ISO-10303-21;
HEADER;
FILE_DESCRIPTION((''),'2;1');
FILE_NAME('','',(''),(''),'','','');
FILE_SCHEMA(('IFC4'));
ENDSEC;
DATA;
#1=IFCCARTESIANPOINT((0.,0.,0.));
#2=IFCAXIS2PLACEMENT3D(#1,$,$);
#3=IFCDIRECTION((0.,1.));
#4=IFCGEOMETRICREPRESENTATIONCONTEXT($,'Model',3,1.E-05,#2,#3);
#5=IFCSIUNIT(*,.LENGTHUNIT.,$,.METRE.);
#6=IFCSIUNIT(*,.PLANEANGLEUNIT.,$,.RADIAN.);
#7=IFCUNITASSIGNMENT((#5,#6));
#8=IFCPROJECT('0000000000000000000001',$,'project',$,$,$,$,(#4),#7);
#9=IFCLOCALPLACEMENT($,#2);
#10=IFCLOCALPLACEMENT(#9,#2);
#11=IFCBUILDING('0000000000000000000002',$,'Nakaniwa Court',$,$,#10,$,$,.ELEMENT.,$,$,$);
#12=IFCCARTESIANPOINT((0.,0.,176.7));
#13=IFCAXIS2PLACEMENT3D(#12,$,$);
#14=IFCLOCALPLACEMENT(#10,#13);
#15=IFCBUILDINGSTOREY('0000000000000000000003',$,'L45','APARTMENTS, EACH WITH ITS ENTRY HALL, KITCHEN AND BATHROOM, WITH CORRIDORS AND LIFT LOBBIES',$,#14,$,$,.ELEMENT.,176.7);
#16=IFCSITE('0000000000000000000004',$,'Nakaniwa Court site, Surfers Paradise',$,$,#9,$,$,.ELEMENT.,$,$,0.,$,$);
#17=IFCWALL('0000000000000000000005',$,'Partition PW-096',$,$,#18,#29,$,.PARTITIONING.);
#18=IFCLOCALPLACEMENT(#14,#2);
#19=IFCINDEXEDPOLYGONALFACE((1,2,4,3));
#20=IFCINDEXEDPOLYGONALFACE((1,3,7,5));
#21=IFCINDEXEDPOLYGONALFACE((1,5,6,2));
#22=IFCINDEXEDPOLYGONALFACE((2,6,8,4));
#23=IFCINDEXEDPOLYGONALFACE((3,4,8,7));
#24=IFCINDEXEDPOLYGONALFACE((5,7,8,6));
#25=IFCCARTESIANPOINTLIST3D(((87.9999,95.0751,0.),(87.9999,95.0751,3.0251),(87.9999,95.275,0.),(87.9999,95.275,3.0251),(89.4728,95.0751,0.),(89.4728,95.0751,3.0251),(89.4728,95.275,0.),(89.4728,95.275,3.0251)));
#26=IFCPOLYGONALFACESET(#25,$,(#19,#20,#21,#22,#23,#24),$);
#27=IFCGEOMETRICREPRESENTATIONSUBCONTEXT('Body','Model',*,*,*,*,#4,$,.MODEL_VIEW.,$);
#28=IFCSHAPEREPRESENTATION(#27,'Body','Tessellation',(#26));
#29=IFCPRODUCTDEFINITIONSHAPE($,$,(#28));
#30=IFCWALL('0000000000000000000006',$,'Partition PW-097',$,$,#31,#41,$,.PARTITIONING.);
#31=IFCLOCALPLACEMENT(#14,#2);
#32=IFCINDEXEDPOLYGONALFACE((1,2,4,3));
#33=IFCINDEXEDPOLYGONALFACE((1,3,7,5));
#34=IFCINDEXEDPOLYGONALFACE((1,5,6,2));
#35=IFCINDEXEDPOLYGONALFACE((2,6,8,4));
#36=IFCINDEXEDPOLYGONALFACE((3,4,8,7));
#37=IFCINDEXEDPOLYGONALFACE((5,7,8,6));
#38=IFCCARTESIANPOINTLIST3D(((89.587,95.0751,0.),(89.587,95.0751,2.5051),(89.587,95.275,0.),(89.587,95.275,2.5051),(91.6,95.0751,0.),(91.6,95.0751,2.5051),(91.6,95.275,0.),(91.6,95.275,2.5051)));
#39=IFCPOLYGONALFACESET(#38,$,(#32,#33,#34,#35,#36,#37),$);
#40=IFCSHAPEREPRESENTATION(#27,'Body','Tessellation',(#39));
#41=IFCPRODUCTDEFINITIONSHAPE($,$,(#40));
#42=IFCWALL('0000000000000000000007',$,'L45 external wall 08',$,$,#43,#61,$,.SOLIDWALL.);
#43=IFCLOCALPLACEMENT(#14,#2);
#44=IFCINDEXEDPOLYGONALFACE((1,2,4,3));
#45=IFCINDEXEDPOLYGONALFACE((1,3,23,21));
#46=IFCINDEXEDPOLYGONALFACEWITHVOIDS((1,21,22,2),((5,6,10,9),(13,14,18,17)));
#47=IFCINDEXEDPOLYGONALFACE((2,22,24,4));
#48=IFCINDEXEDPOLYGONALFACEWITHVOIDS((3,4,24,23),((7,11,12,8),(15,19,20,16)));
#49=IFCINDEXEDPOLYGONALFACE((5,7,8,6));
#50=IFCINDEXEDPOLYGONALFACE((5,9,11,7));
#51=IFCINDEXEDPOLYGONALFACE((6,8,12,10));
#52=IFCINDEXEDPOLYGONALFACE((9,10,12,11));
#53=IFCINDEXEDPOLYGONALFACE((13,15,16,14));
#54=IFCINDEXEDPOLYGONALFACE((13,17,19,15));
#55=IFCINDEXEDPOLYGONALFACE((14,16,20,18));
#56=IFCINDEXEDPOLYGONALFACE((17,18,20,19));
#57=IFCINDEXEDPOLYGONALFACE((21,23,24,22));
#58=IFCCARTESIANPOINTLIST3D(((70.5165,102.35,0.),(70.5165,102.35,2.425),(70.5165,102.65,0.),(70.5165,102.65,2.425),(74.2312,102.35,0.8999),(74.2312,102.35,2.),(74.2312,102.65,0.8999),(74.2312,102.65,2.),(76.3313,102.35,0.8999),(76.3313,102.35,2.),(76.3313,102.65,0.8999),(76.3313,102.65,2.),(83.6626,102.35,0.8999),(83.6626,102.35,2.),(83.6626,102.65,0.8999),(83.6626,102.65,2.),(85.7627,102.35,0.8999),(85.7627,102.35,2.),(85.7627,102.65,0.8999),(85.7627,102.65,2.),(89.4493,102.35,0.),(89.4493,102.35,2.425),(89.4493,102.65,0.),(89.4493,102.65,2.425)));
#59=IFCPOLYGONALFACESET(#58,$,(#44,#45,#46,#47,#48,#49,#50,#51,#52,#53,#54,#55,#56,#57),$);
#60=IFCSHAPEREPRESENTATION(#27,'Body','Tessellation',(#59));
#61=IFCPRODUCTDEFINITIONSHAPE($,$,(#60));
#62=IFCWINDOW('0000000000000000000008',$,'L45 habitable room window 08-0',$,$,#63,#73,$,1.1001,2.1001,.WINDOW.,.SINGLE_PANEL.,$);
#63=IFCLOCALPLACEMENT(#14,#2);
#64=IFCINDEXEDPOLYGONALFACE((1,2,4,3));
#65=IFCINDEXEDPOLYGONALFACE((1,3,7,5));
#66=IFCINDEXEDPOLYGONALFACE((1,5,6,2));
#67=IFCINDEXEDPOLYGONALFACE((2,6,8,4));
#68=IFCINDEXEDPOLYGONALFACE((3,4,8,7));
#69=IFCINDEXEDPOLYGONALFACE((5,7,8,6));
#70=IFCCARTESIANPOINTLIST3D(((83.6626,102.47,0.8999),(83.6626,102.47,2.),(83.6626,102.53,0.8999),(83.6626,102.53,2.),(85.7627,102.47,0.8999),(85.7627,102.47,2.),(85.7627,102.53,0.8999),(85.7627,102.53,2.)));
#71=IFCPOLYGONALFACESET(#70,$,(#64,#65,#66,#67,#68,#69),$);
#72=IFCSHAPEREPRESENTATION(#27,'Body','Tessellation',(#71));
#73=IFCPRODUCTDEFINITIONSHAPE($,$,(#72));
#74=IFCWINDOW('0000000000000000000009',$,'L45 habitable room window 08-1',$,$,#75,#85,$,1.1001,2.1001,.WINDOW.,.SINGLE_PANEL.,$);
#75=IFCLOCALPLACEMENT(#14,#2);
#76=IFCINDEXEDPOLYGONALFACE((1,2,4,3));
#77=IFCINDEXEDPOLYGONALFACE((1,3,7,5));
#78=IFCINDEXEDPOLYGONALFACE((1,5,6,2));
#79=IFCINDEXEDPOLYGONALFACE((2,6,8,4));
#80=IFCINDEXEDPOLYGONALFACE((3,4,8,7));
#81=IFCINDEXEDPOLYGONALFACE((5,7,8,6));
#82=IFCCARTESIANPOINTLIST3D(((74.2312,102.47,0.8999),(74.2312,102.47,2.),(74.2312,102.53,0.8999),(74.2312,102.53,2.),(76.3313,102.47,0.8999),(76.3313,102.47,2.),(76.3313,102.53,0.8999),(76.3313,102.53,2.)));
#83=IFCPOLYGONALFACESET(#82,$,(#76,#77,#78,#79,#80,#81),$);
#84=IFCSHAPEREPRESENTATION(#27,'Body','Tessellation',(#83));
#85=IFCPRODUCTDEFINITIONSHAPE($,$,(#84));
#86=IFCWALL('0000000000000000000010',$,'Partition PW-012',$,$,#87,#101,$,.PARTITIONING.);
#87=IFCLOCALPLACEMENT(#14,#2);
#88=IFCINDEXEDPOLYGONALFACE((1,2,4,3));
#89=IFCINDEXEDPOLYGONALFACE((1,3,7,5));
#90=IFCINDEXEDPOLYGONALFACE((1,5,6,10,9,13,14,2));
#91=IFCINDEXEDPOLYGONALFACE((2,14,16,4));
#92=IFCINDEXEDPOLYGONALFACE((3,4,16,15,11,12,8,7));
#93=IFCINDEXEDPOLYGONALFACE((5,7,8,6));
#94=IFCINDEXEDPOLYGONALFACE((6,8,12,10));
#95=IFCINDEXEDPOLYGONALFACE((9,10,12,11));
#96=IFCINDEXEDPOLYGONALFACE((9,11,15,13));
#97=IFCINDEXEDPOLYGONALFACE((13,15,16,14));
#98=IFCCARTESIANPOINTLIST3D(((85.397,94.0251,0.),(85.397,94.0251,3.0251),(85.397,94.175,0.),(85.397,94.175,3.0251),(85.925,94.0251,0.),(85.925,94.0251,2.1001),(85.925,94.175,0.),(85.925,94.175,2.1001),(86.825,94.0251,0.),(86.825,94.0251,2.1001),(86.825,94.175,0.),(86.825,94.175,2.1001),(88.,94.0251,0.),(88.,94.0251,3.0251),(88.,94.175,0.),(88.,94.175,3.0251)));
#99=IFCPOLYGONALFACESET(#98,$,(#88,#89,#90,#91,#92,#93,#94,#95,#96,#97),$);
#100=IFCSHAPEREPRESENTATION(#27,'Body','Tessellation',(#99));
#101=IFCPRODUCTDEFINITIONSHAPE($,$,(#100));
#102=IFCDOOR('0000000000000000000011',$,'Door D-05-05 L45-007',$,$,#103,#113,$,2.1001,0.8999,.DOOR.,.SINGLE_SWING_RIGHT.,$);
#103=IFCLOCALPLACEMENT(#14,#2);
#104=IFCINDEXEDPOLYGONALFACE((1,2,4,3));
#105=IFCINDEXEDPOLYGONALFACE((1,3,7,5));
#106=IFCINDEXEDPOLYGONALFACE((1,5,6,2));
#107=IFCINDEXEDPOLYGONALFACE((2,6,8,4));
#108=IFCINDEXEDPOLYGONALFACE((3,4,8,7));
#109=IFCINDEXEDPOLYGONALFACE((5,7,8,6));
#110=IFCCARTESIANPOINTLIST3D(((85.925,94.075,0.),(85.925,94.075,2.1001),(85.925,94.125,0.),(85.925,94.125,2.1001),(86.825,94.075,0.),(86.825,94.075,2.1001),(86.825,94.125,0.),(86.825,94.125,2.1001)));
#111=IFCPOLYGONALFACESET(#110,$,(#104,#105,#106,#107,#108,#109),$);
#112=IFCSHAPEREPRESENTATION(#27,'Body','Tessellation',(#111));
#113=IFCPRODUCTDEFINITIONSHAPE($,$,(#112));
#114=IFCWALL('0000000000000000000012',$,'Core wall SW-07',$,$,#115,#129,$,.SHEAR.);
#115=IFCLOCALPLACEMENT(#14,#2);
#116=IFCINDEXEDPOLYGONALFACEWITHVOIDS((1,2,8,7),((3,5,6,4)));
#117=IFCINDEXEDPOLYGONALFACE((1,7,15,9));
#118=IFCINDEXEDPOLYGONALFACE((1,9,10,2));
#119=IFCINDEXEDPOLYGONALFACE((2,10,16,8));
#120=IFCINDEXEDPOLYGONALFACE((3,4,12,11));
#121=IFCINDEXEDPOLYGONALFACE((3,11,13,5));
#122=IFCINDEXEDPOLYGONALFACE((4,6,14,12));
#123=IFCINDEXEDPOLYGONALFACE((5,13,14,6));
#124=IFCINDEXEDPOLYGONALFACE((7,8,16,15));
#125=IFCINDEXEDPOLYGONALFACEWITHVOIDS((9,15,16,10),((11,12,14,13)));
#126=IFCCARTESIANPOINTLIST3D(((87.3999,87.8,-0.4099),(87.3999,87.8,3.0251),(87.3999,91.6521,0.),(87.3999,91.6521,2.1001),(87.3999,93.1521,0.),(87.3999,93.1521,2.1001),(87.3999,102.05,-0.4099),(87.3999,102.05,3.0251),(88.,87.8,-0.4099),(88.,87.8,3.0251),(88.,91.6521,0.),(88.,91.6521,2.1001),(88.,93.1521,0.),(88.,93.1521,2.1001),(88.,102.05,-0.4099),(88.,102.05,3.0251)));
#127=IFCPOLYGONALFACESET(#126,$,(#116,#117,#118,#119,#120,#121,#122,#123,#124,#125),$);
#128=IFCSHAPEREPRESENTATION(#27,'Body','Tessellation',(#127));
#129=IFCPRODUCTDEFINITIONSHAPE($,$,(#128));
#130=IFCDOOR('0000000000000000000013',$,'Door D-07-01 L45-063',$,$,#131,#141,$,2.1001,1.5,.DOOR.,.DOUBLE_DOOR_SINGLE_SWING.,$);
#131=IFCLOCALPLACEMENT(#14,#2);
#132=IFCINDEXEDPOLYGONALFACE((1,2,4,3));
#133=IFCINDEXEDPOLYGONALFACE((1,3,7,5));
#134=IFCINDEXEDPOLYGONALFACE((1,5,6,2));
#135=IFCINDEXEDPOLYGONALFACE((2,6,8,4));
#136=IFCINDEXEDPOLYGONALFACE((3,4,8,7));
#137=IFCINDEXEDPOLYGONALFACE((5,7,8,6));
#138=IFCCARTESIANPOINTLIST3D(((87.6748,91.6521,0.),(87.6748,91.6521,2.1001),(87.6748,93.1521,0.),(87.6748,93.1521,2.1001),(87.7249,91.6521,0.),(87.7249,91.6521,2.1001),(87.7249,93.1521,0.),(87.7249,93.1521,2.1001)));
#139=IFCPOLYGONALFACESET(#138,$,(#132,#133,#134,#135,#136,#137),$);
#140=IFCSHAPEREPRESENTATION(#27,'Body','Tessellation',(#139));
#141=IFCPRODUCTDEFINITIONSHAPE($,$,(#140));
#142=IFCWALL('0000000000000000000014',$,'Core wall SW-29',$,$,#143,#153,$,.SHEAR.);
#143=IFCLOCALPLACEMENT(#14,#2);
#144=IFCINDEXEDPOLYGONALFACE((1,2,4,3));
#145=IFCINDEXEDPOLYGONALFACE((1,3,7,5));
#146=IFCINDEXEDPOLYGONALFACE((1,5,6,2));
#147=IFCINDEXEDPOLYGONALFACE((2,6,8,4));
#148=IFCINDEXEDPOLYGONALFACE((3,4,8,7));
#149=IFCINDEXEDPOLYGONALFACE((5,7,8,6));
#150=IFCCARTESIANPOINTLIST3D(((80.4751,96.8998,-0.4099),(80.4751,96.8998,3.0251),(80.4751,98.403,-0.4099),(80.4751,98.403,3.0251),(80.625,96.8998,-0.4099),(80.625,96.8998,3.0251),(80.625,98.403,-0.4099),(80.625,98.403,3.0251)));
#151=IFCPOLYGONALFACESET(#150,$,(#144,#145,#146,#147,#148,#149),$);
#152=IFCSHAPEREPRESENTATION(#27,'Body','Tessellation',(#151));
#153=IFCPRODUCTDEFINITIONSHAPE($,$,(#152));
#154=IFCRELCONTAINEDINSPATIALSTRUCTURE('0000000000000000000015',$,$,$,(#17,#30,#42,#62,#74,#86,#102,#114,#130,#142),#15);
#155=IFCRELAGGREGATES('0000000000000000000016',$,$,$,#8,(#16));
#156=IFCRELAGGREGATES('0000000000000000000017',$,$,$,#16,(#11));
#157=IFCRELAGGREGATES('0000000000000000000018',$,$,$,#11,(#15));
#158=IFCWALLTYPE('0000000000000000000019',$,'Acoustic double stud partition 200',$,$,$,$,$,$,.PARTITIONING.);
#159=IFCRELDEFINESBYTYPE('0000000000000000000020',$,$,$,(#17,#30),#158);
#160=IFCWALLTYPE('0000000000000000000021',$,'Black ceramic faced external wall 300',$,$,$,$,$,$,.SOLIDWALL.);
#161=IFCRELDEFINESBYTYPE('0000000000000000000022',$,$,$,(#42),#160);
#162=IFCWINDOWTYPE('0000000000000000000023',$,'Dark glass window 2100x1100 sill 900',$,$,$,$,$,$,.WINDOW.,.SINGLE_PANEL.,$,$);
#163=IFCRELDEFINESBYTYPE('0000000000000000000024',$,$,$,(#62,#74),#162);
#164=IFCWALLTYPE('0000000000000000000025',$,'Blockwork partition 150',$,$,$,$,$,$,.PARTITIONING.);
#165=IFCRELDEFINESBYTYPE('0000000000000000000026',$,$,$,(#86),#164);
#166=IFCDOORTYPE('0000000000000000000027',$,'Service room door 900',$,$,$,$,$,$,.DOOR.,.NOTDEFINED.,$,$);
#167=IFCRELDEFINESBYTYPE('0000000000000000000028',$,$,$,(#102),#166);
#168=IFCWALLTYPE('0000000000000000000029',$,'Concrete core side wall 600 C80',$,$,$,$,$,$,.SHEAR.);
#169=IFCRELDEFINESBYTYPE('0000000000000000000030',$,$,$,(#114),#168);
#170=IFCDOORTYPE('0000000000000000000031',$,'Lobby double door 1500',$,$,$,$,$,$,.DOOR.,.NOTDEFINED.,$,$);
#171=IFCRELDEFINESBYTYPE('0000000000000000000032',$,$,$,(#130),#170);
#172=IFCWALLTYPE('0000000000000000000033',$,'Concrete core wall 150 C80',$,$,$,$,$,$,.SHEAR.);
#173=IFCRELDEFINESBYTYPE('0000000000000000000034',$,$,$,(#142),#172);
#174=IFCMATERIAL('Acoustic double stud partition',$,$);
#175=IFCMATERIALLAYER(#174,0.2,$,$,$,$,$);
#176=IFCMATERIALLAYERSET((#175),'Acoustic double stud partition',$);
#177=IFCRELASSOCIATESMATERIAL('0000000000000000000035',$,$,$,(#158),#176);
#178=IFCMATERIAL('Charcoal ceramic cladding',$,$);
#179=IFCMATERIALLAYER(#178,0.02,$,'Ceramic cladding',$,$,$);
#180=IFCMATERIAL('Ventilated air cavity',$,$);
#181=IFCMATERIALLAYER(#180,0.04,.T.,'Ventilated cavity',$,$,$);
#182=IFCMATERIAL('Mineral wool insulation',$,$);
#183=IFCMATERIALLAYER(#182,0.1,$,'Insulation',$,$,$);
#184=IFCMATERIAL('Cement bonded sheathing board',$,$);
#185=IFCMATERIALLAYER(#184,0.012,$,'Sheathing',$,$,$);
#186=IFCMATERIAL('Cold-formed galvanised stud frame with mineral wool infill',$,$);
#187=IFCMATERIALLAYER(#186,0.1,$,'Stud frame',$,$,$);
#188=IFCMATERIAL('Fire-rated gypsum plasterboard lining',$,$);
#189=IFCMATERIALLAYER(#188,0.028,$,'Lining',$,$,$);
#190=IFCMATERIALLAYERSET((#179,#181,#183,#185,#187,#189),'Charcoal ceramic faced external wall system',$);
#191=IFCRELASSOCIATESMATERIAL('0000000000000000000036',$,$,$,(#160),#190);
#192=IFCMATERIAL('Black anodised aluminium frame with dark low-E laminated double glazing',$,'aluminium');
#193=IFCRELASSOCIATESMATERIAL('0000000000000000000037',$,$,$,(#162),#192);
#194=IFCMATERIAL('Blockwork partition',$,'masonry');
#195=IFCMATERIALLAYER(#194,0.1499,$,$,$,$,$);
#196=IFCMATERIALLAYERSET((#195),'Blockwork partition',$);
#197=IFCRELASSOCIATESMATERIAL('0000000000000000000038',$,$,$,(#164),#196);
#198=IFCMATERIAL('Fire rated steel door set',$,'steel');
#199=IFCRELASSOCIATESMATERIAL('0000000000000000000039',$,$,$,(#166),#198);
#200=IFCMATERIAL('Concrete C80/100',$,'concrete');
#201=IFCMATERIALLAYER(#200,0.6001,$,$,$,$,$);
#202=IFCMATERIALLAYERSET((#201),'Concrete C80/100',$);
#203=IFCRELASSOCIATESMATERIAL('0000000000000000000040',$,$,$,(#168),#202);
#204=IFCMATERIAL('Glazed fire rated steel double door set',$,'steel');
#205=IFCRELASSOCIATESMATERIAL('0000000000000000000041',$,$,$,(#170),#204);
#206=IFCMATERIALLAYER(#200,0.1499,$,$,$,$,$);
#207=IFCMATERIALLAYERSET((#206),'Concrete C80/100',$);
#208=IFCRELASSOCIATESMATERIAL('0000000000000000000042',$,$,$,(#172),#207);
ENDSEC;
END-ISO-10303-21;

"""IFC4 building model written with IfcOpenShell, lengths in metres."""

from ifc_helpers import new_model, si_unit, direction, frame, frame_2d, origin, place, context, subcontext, project, spatial, rectangle, extrude, material, layer, layer_set, type_object, element, fill, save


model = new_model("IFC4")

# Units and contexts
model_context = context("Model", 3, precision=1e-05, world=origin(), true_north=direction((0.0, 1.0)))
body_context = subcontext(model_context, "Body", "Model", "MODEL_VIEW")
ifc_project = project(units=[si_unit("LENGTHUNIT", "METRE"), si_unit("PLANEANGLEUNIT", "RADIAN")], contexts=[model_context])

# Site, building, storey
site_placement = place(None, origin())
site = spatial("IfcSite", under=ifc_project, at=site_placement, Name="Nakaniwa Court site, Surfers Paradise", CompositionType="ELEMENT", RefElevation=0.0)
building_placement = place(site_placement, origin())
building = spatial("IfcBuilding", under=site, at=building_placement, Name="Nakaniwa Court", CompositionType="ELEMENT")
storey_placement = place(building_placement, frame((0.0, 0.0, 176.7)))
storey = spatial("IfcBuildingStorey", under=building, at=storey_placement, Name="L45", Description="APARTMENTS, EACH WITH ITS ENTRY HALL, KITCHEN AND BATHROOM, WITH CORRIDORS AND LIFT LOBBIES", CompositionType="ELEMENT", Elevation=176.7)

# Walls
ifc_material_1 = material(Name="Acoustic double stud partition")
ifc_layer_1 = layer(ifc_material_1, 0.2)
ifc_layer_set_1 = layer_set([ifc_layer_1], Name="Acoustic double stud partition")
wall_type_1 = type_object("IfcWallType", Name="Acoustic double stud partition 200", PredefinedType="PARTITIONING", material=ifc_layer_set_1)
wall_1_placement = place(storey_placement, frame((88.0, 95.175, 0.0), z_axis=(0.0, 0.0, 1.0), x_axis=(1.0, 0.0, 0.0)))
element("IfcWall", 1, at=wall_1_placement, inside=storey, type_object=wall_type_1, Name="Partition PW-096", PredefinedType="PARTITIONING", context=body_context, shape_type="SweptSolid", body=[
    extrude(rectangle(XDim=1.4729, YDim=0.2, at=frame_2d((0.7363, 0.0))), origin(), (0.0, 0.0, 1.0), 3.0251),
])
wall_2_placement = place(storey_placement, frame((89.5872, 95.175, 0.0), z_axis=(0.0, 0.0, 1.0), x_axis=(1.0, 0.0, 0.0)))
element("IfcWall", 2, at=wall_2_placement, inside=storey, type_object=wall_type_1, Name="Partition PW-097", PredefinedType="PARTITIONING", context=body_context, shape_type="SweptSolid", body=[
    extrude(rectangle(XDim=2.0129, YDim=0.2, at=frame_2d((1.0063, 0.0))), origin(), (0.0, 0.0, 1.0), 2.5051),
])

# Wall, openings, windows
ifc_material_2 = material(Name="Charcoal ceramic cladding")
ifc_layer_2 = layer(ifc_material_2, 0.02, Name="Ceramic cladding")
ifc_material_3 = material(Name="Ventilated air cavity")
ifc_layer_3 = layer(ifc_material_3, 0.04, ventilated=True, Name="Ventilated cavity")
ifc_material_4 = material(Name="Mineral wool insulation")
ifc_layer_4 = layer(ifc_material_4, 0.1, Name="Insulation")
ifc_material_5 = material(Name="Cement bonded sheathing board")
ifc_layer_5 = layer(ifc_material_5, 0.012, Name="Sheathing")
ifc_material_6 = material(Name="Cold-formed galvanised stud frame with mineral wool infill")
ifc_layer_6 = layer(ifc_material_6, 0.1, Name="Stud frame")
ifc_material_7 = material(Name="Fire-rated gypsum plasterboard lining")
ifc_layer_7 = layer(ifc_material_7, 0.028, Name="Lining")
ifc_layer_set_2 = layer_set([ifc_layer_2, ifc_layer_3, ifc_layer_4, ifc_layer_5, ifc_layer_6, ifc_layer_7], Name="Charcoal ceramic faced external wall system")
wall_type_2 = type_object("IfcWallType", Name="Black ceramic faced external wall 300", PredefinedType="SOLIDWALL", material=ifc_layer_set_2)
wall_3_placement = place(storey_placement, frame((89.4492, 102.5, 0.0), z_axis=(0.0, 0.0, 1.0), x_axis=(-1.0, 0.0, 0.0)))
wall_3 = element("IfcWall", 3, at=wall_3_placement, inside=storey, type_object=wall_type_2, Name="L45 external wall 08", PredefinedType="SOLIDWALL", context=body_context, shape_type="SweptSolid", body=[
    extrude(rectangle(XDim=18.9329, YDim=0.3, at=frame_2d((9.4663, 0.0))), origin(), (0.0, 0.0, 1.0), 2.425),
])
opening_1_placement = place(wall_3_placement, frame((3.6865, 0.0, 0.8999)))
opening_1 = element("IfcOpeningElement", 4, at=opening_1_placement, cuts=wall_3, PredefinedType="OPENING", context=body_context, shape_type="SweptSolid", body=[
    extrude(rectangle(XDim=2.1001, YDim=1.1001, at=frame_2d((1.05, 0.55))), frame((0.0, 0.1599, 0.0), z_axis=(0.0, -1.0, 0.0), x_axis=(1.0, 0.0, 0.0)), (0.0, 0.0, 1.0), 0.3201),
])
opening_2_placement = place(wall_3_placement, frame((13.1179, 0.0, 0.8999)))
opening_2 = element("IfcOpeningElement", 5, at=opening_2_placement, cuts=wall_3, PredefinedType="OPENING", context=body_context, shape_type="SweptSolid", body=[
    extrude(rectangle(XDim=2.1001, YDim=1.1001, at=frame_2d((1.05, 0.55))), frame((0.0, 0.1599, 0.0), z_axis=(0.0, -1.0, 0.0), x_axis=(1.0, 0.0, 0.0)), (0.0, 0.0, 1.0), 0.3201),
])
ifc_material_8 = material(Name="Black anodised aluminium frame with dark low-E laminated double glazing", Category="aluminium")
window_type = type_object("IfcWindowType", Name="Dark glass window 2100x1100 sill 900", PartitioningType="SINGLE_PANEL", PredefinedType="WINDOW", material=ifc_material_8)
window_1_placement = place(opening_1_placement, origin())
window_1 = element("IfcWindow", 6, at=window_1_placement, inside=storey, type_object=window_type, Name="L45 habitable room window 08-0", OverallHeight=1.1001, OverallWidth=2.1001, PartitioningType="SINGLE_PANEL", PredefinedType="WINDOW", context=body_context, shape_type="SweptSolid", body=[
    extrude(rectangle(XDim=2.1001, YDim=1.1001, at=frame_2d((1.05, 0.55))), frame((0.0, 0.03, 0.0), z_axis=(0.0, -1.0, 0.0), x_axis=(1.0, 0.0, 0.0)), (0.0, 0.0, 1.0), 0.0601),
])
fill(opening_1, window_1)
window_2_placement = place(opening_2_placement, origin())
window_2 = element("IfcWindow", 7, at=window_2_placement, inside=storey, type_object=window_type, Name="L45 habitable room window 08-1", OverallHeight=1.1001, OverallWidth=2.1001, PartitioningType="SINGLE_PANEL", PredefinedType="WINDOW", context=body_context, shape_type="SweptSolid", body=[
    extrude(rectangle(XDim=2.1001, YDim=1.1001, at=frame_2d((1.05, 0.55))), frame((0.0, 0.03, 0.0), z_axis=(0.0, -1.0, 0.0), x_axis=(1.0, 0.0, 0.0)), (0.0, 0.0, 1.0), 0.0601),
])
fill(opening_2, window_2)

# Walls, openings, doors
ifc_material_9 = material(Name="Blockwork partition", Category="masonry")
ifc_layer_8 = layer(ifc_material_9, 0.1499)
ifc_layer_set_3 = layer_set([ifc_layer_8], Name="Blockwork partition")
wall_type_3 = type_object("IfcWallType", Name="Blockwork partition 150", PredefinedType="PARTITIONING", material=ifc_layer_set_3)
wall_4_placement = place(storey_placement, frame((85.397, 94.1001, 0.0), z_axis=(0.0, 0.0, 1.0), x_axis=(1.0, 0.0, 0.0)))
wall_4 = element("IfcWall", 8, at=wall_4_placement, inside=storey, type_object=wall_type_3, Name="Partition PW-012", PredefinedType="PARTITIONING", context=body_context, shape_type="SweptSolid", body=[
    extrude(rectangle(XDim=2.603, YDim=0.1499, at=frame_2d((1.3015, 0.0))), origin(), (0.0, 0.0, 1.0), 3.0251),
])
opening_3_placement = place(wall_4_placement, frame((0.5281, 0.0, 0.0)))
opening_3 = element("IfcOpeningElement", 9, at=opening_3_placement, cuts=wall_4, PredefinedType="OPENING", context=body_context, shape_type="SweptSolid", body=[
    extrude(rectangle(XDim=0.8999, YDim=2.1001, at=frame_2d((0.45, 1.05))), frame((0.0, 0.085, 0.0), z_axis=(0.0, -1.0, 0.0), x_axis=(1.0, 0.0, 0.0)), (0.0, 0.0, 1.0), 0.1699),
])
ifc_material_10 = material(Name="Fire rated steel door set", Category="steel")
door_type_1 = type_object("IfcDoorType", Name="Service room door 900", OperationType="NOTDEFINED", PredefinedType="DOOR", material=ifc_material_10)
door_1_placement = place(opening_3_placement, origin())
door_1 = element("IfcDoor", 10, at=door_1_placement, inside=storey, type_object=door_type_1, Name="Door D-05-05 L45-007", OperationType="SINGLE_SWING_RIGHT", OverallHeight=2.1001, OverallWidth=0.8999, PredefinedType="DOOR", context=body_context, shape_type="SweptSolid", body=[
    extrude(rectangle(XDim=0.8999, YDim=2.1001, at=frame_2d((0.45, 1.05))), frame((0.0, 0.0249, 0.0), z_axis=(0.0, -1.0, 0.0), x_axis=(1.0, 0.0, 0.0)), (0.0, 0.0, 1.0), 0.05),
])
fill(opening_3, door_1)
ifc_material_11 = material(Name="Concrete C80/100", Category="concrete")
ifc_layer_9 = layer(ifc_material_11, 0.6001)
ifc_layer_set_4 = layer_set([ifc_layer_9], Name="Concrete C80/100")
wall_type_4 = type_object("IfcWallType", Name="Concrete core side wall 600 C80", PredefinedType="SHEAR", material=ifc_layer_set_4)
wall_5_placement = place(storey_placement, frame((87.7, 102.05, -0.4099), z_axis=(0.0, 0.0, 1.0), x_axis=(0.0, -1.0, 0.0)))
wall_5 = element("IfcWall", 11, at=wall_5_placement, inside=storey, type_object=wall_type_4, Name="Core wall SW-07", PredefinedType="SHEAR", context=body_context, shape_type="SweptSolid", body=[
    extrude(rectangle(XDim=14.25, YDim=0.6001, at=frame_2d((7.125, 0.0))), origin(), (0.0, 0.0, 1.0), 3.4351),
])
opening_4_placement = place(wall_5_placement, frame((8.8979, 0.0, 0.4099)))
opening_4 = element("IfcOpeningElement", 12, at=opening_4_placement, cuts=wall_5, PredefinedType="OPENING", context=body_context, shape_type="SweptSolid", body=[
    extrude(rectangle(XDim=1.5, YDim=2.1001, at=frame_2d((0.75, 1.05))), frame((0.0, 0.3101, 0.0), z_axis=(0.0, -1.0, 0.0), x_axis=(1.0, 0.0, 0.0)), (0.0, 0.0, 1.0), 0.6201),
])
ifc_material_12 = material(Name="Glazed fire rated steel double door set", Category="steel")
door_type_2 = type_object("IfcDoorType", Name="Lobby double door 1500", OperationType="NOTDEFINED", PredefinedType="DOOR", material=ifc_material_12)
door_2_placement = place(opening_4_placement, origin())
door_2 = element("IfcDoor", 13, at=door_2_placement, inside=storey, type_object=door_type_2, Name="Door D-07-01 L45-063", OperationType="DOUBLE_DOOR_SINGLE_SWING", OverallHeight=2.1001, OverallWidth=1.5, PredefinedType="DOOR", context=body_context, shape_type="SweptSolid", body=[
    extrude(rectangle(XDim=1.5, YDim=2.1001, at=frame_2d((0.75, 1.05))), frame((0.0, 0.0249, 0.0), z_axis=(0.0, -1.0, 0.0), x_axis=(1.0, 0.0, 0.0)), (0.0, 0.0, 1.0), 0.05),
])
fill(opening_4, door_2)

# Wall
ifc_layer_10 = layer(ifc_material_11, 0.1499)
ifc_layer_set_5 = layer_set([ifc_layer_10], Name="Concrete C80/100")
wall_type_5 = type_object("IfcWallType", Name="Concrete core wall 150 C80", PredefinedType="SHEAR", material=ifc_layer_set_5)
wall_6_placement = place(storey_placement, frame((80.55, 96.8999, -0.4099), z_axis=(0.0, 0.0, 1.0), x_axis=(0.0, 1.0, 0.0)))
element("IfcWall", 14, at=wall_6_placement, inside=storey, type_object=wall_type_5, Name="Core wall SW-29", PredefinedType="SHEAR", context=body_context, shape_type="SweptSolid", body=[
    extrude(rectangle(XDim=1.5032, YDim=0.1499, at=frame_2d((0.7515, 0.0))), origin(), (0.0, 0.0, 1.0), 3.4351),
])

save(model, "model.ifc")
